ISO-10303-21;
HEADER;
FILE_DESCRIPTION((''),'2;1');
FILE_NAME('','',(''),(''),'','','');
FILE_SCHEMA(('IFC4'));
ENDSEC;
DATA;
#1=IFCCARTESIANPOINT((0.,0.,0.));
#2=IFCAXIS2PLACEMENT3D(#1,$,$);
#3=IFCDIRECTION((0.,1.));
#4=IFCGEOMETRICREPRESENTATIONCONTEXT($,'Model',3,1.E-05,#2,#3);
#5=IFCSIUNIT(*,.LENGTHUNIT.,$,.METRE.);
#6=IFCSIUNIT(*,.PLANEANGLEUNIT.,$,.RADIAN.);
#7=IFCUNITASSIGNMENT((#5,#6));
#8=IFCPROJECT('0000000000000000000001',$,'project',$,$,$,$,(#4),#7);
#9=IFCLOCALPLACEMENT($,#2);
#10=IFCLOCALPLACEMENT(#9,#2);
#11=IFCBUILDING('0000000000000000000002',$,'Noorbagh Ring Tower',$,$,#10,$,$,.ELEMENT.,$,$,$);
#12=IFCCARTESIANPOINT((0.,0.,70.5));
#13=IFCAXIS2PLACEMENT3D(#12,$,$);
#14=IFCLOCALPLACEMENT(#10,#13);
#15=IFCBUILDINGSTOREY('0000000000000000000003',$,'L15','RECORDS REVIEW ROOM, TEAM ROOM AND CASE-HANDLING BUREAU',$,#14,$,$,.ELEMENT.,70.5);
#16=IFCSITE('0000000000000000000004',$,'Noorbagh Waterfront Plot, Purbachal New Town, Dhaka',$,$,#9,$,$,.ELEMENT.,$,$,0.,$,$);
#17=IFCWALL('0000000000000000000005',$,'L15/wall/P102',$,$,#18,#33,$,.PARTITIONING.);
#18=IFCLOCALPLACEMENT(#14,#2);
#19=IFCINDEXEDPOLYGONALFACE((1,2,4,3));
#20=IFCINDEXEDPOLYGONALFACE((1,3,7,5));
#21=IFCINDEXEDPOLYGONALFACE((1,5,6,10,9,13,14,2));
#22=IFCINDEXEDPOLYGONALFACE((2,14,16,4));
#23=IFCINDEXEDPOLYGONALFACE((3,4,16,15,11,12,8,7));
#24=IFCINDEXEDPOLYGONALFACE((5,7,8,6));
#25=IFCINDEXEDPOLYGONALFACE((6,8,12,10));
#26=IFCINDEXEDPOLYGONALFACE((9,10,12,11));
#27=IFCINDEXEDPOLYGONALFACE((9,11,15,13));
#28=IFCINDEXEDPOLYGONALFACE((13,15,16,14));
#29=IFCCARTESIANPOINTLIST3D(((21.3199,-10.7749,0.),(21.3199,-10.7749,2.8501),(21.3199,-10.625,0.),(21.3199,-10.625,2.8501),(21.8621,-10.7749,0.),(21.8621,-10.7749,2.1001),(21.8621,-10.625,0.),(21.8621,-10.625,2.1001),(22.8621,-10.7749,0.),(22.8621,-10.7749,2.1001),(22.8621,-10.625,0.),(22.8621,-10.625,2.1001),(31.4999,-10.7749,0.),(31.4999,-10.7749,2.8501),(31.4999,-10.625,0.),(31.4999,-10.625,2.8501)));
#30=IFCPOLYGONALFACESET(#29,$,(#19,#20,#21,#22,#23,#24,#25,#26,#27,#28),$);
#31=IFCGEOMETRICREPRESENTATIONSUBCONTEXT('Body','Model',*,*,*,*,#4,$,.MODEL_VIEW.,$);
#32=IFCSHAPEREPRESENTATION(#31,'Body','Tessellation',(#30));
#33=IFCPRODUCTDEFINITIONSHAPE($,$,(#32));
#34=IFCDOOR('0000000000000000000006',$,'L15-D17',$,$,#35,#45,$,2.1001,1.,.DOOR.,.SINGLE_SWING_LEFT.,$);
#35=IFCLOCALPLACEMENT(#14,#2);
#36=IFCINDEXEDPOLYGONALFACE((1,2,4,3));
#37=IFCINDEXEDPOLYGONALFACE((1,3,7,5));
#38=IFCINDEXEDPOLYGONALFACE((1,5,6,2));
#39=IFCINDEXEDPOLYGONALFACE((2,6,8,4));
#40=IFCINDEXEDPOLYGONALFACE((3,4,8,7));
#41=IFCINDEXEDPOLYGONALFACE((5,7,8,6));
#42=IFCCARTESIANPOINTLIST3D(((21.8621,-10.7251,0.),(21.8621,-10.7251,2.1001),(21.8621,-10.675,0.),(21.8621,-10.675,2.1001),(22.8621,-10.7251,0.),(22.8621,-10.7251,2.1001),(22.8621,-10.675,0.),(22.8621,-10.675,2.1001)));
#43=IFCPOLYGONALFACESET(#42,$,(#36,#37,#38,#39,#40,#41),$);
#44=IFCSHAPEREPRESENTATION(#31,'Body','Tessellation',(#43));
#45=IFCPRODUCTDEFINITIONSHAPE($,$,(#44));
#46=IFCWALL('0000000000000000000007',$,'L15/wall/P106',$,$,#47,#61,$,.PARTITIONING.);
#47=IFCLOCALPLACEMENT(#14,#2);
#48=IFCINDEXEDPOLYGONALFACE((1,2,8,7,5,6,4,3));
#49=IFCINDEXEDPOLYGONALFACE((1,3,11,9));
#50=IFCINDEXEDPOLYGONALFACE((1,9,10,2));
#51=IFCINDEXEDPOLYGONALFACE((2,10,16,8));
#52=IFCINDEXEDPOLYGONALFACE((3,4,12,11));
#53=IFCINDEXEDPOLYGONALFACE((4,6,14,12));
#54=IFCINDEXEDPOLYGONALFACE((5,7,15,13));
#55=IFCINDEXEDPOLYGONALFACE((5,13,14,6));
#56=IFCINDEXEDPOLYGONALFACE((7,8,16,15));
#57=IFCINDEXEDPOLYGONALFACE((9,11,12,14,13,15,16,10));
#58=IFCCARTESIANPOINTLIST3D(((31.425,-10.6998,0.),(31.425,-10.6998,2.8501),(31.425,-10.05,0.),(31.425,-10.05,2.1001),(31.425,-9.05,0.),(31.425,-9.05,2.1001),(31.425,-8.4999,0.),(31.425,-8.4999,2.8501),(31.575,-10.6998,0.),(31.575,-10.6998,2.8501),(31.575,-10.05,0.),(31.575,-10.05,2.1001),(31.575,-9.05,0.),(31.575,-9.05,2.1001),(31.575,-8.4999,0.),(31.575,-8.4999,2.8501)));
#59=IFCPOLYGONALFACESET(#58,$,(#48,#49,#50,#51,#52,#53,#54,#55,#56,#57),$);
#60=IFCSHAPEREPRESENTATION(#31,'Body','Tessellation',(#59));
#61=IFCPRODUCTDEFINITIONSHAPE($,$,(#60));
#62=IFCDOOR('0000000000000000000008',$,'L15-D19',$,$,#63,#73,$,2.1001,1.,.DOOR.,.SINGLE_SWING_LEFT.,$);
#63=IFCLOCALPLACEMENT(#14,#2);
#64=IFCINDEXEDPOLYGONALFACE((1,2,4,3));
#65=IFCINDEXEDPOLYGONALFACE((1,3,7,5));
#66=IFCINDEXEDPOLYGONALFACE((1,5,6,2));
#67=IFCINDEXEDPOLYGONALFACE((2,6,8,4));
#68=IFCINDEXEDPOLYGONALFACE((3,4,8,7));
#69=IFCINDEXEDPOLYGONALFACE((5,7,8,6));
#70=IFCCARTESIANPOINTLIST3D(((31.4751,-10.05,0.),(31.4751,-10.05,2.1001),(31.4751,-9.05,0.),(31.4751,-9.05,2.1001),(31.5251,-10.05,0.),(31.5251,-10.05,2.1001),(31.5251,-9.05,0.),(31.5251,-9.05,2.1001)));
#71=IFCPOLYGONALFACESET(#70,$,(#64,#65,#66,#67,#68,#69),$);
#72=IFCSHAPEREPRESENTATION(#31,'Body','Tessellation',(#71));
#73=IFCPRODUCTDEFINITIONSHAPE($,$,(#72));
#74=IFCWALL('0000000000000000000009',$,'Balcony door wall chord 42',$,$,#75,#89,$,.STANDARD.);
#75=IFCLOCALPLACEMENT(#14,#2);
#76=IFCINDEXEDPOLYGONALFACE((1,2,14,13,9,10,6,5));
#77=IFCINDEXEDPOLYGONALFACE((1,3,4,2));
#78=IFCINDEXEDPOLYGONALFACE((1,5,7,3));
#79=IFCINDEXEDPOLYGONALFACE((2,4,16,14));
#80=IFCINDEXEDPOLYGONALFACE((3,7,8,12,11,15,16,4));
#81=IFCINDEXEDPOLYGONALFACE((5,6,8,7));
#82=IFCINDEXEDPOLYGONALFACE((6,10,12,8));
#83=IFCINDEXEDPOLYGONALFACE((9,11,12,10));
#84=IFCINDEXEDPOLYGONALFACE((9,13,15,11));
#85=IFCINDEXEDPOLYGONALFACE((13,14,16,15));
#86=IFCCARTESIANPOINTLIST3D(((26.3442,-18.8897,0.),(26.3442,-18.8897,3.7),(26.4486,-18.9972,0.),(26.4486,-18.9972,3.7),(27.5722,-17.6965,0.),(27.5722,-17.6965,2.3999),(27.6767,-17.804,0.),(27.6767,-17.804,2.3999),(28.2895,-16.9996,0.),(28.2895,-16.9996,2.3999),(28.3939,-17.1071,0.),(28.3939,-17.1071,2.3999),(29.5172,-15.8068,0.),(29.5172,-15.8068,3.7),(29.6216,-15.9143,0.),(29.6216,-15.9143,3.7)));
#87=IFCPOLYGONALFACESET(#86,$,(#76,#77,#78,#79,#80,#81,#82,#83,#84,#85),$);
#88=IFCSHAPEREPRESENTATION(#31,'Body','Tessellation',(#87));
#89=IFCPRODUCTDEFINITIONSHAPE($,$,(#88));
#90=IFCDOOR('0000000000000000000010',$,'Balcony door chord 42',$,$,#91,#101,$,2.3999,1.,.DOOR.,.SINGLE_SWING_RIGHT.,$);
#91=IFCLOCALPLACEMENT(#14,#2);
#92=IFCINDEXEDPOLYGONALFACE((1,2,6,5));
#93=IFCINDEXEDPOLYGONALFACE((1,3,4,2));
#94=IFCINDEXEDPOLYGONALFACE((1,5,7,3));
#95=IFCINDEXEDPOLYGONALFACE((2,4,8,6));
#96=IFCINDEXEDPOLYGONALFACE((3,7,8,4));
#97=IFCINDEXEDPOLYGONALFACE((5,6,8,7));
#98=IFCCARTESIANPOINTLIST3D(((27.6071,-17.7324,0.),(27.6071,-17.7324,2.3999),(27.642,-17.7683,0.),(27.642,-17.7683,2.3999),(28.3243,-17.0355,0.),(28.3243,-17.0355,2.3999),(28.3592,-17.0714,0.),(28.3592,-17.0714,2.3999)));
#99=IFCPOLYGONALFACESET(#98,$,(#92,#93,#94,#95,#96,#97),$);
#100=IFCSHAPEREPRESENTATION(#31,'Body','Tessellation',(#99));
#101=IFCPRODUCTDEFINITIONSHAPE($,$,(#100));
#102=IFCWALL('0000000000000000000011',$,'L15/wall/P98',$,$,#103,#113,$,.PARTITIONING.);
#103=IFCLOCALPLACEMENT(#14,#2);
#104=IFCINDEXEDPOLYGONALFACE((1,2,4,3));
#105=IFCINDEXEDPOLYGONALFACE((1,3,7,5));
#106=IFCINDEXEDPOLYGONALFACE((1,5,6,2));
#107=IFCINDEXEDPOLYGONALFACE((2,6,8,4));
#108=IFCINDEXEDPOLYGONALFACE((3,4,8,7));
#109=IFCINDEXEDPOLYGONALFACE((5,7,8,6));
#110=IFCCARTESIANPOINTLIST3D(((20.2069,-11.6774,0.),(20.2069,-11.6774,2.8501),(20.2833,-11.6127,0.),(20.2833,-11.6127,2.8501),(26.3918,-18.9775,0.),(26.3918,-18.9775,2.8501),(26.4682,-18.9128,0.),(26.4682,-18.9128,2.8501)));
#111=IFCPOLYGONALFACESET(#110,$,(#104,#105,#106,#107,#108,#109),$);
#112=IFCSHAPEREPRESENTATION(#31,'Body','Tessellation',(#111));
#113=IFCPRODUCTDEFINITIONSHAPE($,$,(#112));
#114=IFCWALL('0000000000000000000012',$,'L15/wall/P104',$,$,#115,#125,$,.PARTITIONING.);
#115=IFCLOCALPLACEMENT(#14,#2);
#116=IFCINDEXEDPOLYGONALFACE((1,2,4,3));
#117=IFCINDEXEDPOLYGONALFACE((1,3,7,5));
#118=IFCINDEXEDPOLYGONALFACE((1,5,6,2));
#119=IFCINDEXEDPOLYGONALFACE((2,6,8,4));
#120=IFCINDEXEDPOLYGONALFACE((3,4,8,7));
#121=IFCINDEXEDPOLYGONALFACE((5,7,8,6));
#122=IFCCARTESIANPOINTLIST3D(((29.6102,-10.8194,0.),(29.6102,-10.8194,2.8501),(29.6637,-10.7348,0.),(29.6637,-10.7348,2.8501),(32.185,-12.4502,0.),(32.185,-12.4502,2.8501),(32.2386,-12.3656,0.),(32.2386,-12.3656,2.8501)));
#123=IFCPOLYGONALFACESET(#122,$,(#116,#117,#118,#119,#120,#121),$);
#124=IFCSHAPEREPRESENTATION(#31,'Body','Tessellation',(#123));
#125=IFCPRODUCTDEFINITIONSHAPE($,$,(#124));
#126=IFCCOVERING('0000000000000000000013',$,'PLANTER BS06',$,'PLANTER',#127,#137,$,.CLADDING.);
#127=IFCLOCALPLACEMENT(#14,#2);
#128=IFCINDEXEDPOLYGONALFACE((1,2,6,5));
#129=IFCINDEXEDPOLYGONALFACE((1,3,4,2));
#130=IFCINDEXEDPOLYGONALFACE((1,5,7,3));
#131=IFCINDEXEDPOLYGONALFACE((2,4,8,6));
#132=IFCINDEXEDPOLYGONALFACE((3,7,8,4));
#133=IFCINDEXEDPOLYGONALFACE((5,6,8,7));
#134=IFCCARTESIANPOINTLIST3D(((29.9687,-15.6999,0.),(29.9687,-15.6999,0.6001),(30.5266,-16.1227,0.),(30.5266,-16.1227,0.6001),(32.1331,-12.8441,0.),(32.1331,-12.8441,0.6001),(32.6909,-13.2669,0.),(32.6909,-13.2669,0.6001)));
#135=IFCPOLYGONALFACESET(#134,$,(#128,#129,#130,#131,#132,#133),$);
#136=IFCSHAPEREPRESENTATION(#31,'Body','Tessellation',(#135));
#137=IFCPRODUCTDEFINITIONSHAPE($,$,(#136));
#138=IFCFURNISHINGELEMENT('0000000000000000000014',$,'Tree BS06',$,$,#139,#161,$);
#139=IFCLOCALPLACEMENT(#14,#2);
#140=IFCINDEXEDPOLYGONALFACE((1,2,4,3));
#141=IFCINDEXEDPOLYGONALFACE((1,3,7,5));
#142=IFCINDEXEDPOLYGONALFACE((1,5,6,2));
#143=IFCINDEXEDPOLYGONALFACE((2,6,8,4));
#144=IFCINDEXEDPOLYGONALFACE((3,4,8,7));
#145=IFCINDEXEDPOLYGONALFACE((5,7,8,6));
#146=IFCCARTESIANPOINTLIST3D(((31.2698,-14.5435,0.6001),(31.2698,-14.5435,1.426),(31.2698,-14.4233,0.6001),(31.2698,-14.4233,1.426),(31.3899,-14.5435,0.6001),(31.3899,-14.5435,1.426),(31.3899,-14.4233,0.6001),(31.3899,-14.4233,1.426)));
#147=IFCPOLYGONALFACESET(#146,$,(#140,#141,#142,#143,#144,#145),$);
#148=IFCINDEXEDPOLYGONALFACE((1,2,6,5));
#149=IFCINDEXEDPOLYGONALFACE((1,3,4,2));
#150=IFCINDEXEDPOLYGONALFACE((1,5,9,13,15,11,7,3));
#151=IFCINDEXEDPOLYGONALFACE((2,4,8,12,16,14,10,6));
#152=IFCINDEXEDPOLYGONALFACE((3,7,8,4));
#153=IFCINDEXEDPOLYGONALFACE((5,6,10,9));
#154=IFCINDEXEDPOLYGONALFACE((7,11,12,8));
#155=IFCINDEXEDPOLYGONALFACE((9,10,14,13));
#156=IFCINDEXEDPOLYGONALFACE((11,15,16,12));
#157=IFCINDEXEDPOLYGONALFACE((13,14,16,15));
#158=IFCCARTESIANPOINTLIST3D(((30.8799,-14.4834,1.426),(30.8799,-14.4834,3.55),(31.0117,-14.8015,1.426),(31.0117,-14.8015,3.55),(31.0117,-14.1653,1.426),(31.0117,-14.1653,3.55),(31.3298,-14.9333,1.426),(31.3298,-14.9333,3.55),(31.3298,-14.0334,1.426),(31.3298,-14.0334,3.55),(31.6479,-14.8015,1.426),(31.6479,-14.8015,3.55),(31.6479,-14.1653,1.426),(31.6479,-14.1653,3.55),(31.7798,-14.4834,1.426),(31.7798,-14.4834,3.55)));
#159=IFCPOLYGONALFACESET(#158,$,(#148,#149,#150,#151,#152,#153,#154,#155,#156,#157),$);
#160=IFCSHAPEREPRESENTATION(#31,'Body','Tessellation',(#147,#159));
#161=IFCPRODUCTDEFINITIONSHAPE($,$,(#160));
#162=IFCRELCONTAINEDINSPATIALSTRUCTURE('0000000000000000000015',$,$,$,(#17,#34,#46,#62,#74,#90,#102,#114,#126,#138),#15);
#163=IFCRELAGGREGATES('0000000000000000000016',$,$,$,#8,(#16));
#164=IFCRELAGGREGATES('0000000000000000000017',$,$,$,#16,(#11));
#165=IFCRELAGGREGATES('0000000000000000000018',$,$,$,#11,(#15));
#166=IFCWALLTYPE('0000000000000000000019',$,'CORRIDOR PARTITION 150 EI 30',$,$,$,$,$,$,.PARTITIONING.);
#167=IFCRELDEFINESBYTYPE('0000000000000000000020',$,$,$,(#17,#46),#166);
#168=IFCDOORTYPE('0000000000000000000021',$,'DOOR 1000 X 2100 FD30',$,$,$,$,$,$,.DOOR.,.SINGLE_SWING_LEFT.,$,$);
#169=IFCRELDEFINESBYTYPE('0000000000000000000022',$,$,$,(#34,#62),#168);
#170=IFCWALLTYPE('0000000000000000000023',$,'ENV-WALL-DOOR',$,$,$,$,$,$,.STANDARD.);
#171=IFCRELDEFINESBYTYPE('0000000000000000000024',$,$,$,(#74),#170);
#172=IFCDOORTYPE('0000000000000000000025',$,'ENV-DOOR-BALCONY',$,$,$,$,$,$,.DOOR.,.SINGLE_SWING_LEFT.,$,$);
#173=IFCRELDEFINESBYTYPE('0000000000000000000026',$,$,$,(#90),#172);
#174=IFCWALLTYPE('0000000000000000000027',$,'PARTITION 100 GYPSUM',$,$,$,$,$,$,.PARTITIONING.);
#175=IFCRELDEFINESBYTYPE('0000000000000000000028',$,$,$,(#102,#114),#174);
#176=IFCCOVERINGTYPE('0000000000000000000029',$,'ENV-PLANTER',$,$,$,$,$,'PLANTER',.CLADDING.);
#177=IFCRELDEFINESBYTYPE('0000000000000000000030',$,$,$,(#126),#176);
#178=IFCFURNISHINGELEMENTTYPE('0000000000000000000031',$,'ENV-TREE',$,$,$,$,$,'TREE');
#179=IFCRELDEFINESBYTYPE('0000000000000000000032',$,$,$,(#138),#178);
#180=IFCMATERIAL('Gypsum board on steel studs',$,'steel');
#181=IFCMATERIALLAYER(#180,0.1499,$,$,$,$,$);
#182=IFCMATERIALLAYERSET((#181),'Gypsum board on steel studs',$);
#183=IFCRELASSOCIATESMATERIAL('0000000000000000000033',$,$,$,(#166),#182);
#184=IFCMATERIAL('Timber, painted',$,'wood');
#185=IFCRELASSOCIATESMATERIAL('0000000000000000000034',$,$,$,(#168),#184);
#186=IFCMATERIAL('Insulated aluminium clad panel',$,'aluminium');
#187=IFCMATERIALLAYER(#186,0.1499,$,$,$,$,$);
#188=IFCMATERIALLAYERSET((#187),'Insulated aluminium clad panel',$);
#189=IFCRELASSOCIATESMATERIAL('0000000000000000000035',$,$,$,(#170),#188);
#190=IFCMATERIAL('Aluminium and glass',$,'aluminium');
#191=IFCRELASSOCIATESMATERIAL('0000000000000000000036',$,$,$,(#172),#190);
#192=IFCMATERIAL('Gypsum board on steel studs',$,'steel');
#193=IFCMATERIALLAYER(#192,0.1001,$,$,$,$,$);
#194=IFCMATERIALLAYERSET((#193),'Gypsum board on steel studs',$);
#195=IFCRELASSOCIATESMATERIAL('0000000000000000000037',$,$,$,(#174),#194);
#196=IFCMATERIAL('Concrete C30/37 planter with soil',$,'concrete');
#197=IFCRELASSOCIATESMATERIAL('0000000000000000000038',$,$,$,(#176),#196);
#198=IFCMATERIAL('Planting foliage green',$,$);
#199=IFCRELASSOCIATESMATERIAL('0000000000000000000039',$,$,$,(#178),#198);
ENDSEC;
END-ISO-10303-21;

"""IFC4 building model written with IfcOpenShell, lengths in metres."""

from ifc_helpers import new_model, si_unit, direction, frame, frame_2d, origin, origin_2d, place, context, subcontext, project, spatial, polyline, rectangle, outline, extrude, material, layer, layer_set, type_object, element, fill, save


model = new_model("IFC4")

# Units and contexts
model_context = context("Model", 3, precision=1e-05, world=origin(), true_north=direction((0.0, 1.0)))
body_context = subcontext(model_context, "Body", "Model", "MODEL_VIEW")
ifc_project = project(units=[si_unit("LENGTHUNIT", "METRE"), si_unit("PLANEANGLEUNIT", "RADIAN")], contexts=[model_context])

# Site, building, storey
site_placement = place(None, origin())
site = spatial("IfcSite", under=ifc_project, at=site_placement, Name="Noorbagh Waterfront Plot, Purbachal New Town, Dhaka", CompositionType="ELEMENT", RefElevation=0.0)
building_placement = place(site_placement, origin())
building = spatial("IfcBuilding", under=site, at=building_placement, Name="Noorbagh Ring Tower", CompositionType="ELEMENT")
storey_placement = place(building_placement, frame((0.0, 0.0, 70.5)))
storey = spatial("IfcBuildingStorey", under=building, at=storey_placement, Name="L15", Description="RECORDS REVIEW ROOM, TEAM ROOM AND CASE-HANDLING BUREAU", CompositionType="ELEMENT", Elevation=70.5)

# Shared definitions
ifc_material_1 = material(Name="Gypsum board on steel studs", Category="steel")
ifc_layer_1 = layer(ifc_material_1, 0.1499)
ifc_layer_set_1 = layer_set([ifc_layer_1], Name="Gypsum board on steel studs")
wall_type_1 = type_object("IfcWallType", Name="CORRIDOR PARTITION 150 EI 30", PredefinedType="PARTITIONING", material=ifc_layer_set_1)

# Walls, openings, doors
wall_1_placement = place(storey_placement, frame((21.3201, -10.7, 0.0), z_axis=(0.0, 0.0, 1.0), x_axis=(1.0, 0.0, 0.0)))
wall_1 = element("IfcWall", 1, at=wall_1_placement, inside=storey, type_object=wall_type_1, Name="L15/wall/P102", PredefinedType="PARTITIONING", context=body_context, shape_type="SweptSolid", body=[
    extrude(rectangle(XDim=10.1799, YDim=0.1499, at=frame_2d((5.0898, 0.0))), origin(), (0.0, 0.0, 1.0), 2.8501),
])
opening_1_placement = place(wall_1_placement, frame((0.542, 0.0, 0.0)))
opening_1 = element("IfcOpeningElement", 2, at=opening_1_placement, cuts=wall_1, PredefinedType="OPENING", context=body_context, shape_type="SweptSolid", body=[
    extrude(rectangle(XDim=1.0, YDim=2.1001, at=frame_2d((0.5, 1.05))), frame((0.0, 0.085, 0.0), z_axis=(0.0, -1.0, 0.0), x_axis=(1.0, 0.0, 0.0)), (0.0, 0.0, 1.0), 0.1699),
])
ifc_material_2 = material(Name="Timber, painted", Category="wood")
door_type_1 = type_object("IfcDoorType", Name="DOOR 1000 X 2100 FD30", OperationType="SINGLE_SWING_LEFT", PredefinedType="DOOR", material=ifc_material_2)
door_1_placement = place(opening_1_placement, origin())
door_1 = element("IfcDoor", 3, at=door_1_placement, inside=storey, type_object=door_type_1, Name="L15-D17", OperationType="SINGLE_SWING_LEFT", OverallHeight=2.1001, OverallWidth=1.0, PredefinedType="DOOR", context=body_context, shape_type="SweptSolid", body=[
    extrude(rectangle(XDim=1.0, YDim=2.1001, at=frame_2d((0.5, 1.05))), frame((0.0, 0.0249, 0.0), z_axis=(0.0, -1.0, 0.0), x_axis=(1.0, 0.0, 0.0)), (0.0, 0.0, 1.0), 0.05),
])
fill(opening_1, door_1)
wall_2_placement = place(storey_placement, frame((31.5, -10.7, 0.0), z_axis=(0.0, 0.0, 1.0), x_axis=(0.0, 1.0, 0.0)))
wall_2 = element("IfcWall", 4, at=wall_2_placement, inside=storey, type_object=wall_type_1, Name="L15/wall/P106", PredefinedType="PARTITIONING", context=body_context, shape_type="SweptSolid", body=[
    extrude(rectangle(XDim=2.2, YDim=0.1499, at=frame_2d((1.1001, 0.0))), origin(), (0.0, 0.0, 1.0), 2.8501),
])
opening_2_placement = place(wall_2_placement, frame((0.6499, 0.0, 0.0)))
opening_2 = element("IfcOpeningElement", 5, at=opening_2_placement, cuts=wall_2, PredefinedType="OPENING", context=body_context, shape_type="SweptSolid", body=[
    extrude(rectangle(XDim=1.0, YDim=2.1001, at=frame_2d((0.5, 1.05))), frame((0.0, 0.085, 0.0), z_axis=(0.0, -1.0, 0.0), x_axis=(1.0, 0.0, 0.0)), (0.0, 0.0, 1.0), 0.1699),
])
door_2_placement = place(opening_2_placement, origin())
door_2 = element("IfcDoor", 6, at=door_2_placement, inside=storey, type_object=door_type_1, Name="L15-D19", OperationType="SINGLE_SWING_LEFT", OverallHeight=2.1001, OverallWidth=1.0, PredefinedType="DOOR", context=body_context, shape_type="SweptSolid", body=[
    extrude(rectangle(XDim=1.0, YDim=2.1001, at=frame_2d((0.5, 1.05))), frame((0.0, 0.0249, 0.0), z_axis=(0.0, -1.0, 0.0), x_axis=(1.0, 0.0, 0.0)), (0.0, 0.0, 1.0), 0.05),
])
fill(opening_2, door_2)
ifc_material_3 = material(Name="Insulated aluminium clad panel", Category="aluminium")
ifc_layer_2 = layer(ifc_material_3, 0.1499)
ifc_layer_set_2 = layer_set([ifc_layer_2], Name="Insulated aluminium clad panel")
wall_type_2 = type_object("IfcWallType", Name="ENV-WALL-DOOR", PredefinedType="STANDARD", material=ifc_layer_set_2)
wall_3_placement = place(storey_placement, frame((26.3965, -18.9434, 0.0), z_axis=(0.0, 0.0, 1.0), x_axis=(0.717215, 0.696852, 0.0)))
wall_3 = element("IfcWall", 7, at=wall_3_placement, inside=storey, type_object=wall_type_2, Name="Balcony door wall chord 42", PredefinedType="STANDARD", context=body_context, shape_type="SweptSolid", body=[
    extrude(rectangle(XDim=4.4241, YDim=0.1499, at=frame_2d((2.2119, 0.0))), origin(), (0.0, 0.0, 1.0), 3.7),
])
opening_3_placement = place(wall_3_placement, frame((1.7122, 0.0, 0.0)))
opening_3 = element("IfcOpeningElement", 8, at=opening_3_placement, cuts=wall_3, PredefinedType="OPENING", context=body_context, shape_type="SweptSolid", body=[
    extrude(rectangle(XDim=1.0, YDim=2.3999, at=frame_2d((0.5, 1.2))), frame((0.0, 0.085, 0.0), z_axis=(0.0, -1.0, 0.0), x_axis=(1.0, 0.0, 0.0)), (0.0, 0.0, 1.0), 0.1699),
])
ifc_material_4 = material(Name="Aluminium and glass", Category="aluminium")
door_type_2 = type_object("IfcDoorType", Name="ENV-DOOR-BALCONY", OperationType="SINGLE_SWING_LEFT", PredefinedType="DOOR", material=ifc_material_4)
door_3_placement = place(opening_3_placement, origin())
door_3 = element("IfcDoor", 9, at=door_3_placement, inside=storey, type_object=door_type_2, Name="Balcony door chord 42", OperationType="SINGLE_SWING_RIGHT", OverallHeight=2.3999, OverallWidth=1.0, PredefinedType="DOOR", context=body_context, shape_type="SweptSolid", body=[
    extrude(rectangle(XDim=1.0, YDim=2.3999, at=frame_2d((0.5, 1.2))), frame((0.0, 0.0249, 0.0), z_axis=(0.0, -1.0, 0.0), x_axis=(1.0, 0.0, 0.0)), (0.0, 0.0, 1.0), 0.05),
])
fill(opening_3, door_3)

# Walls
ifc_material_5 = material(Name="Gypsum board on steel studs", Category="steel")
ifc_layer_3 = layer(ifc_material_5, 0.1001)
ifc_layer_set_3 = layer_set([ifc_layer_3], Name="Gypsum board on steel studs")
wall_type_3 = type_object("IfcWallType", Name="PARTITION 100 GYPSUM", PredefinedType="PARTITIONING", material=ifc_layer_set_3)
wall_4_placement = place(storey_placement, frame((20.2451, -11.645, 0.0), z_axis=(0.0, 0.0, 1.0), x_axis=(0.64642, -0.762982, 0.0)))
element("IfcWall", 10, at=wall_4_placement, inside=storey, type_object=wall_type_3, Name="L15/wall/P98", PredefinedType="PARTITIONING", context=body_context, shape_type="SweptSolid", body=[
    extrude(rectangle(XDim=9.5679, YDim=0.1001, at=frame_2d((4.7839, 0.0))), origin(), (0.0, 0.0, 1.0), 2.8501),
])
wall_5_placement = place(storey_placement, frame((29.637, -10.7771, 0.0), z_axis=(0.0, 0.0, 1.0), x_axis=(0.844811, -0.535065, 0.0)))
element("IfcWall", 11, at=wall_5_placement, inside=storey, type_object=wall_type_3, Name="L15/wall/P104", PredefinedType="PARTITIONING", context=body_context, shape_type="SweptSolid", body=[
    extrude(rectangle(XDim=3.0479, YDim=0.1001, at=frame_2d((1.5239, 0.0))), origin(), (0.0, 0.0, 1.0), 2.8501),
])

# Covering
ifc_material_6 = material(Name="Concrete C30/37 planter with soil", Category="concrete")
covering_type = type_object("IfcCoveringType", Name="ENV-PLANTER", ElementType="PLANTER", PredefinedType="CLADDING", material=ifc_material_6)
covering_placement = place(storey_placement, frame((31.3298, -14.4834, 0.0), z_axis=(0.0, 0.0, 1.0), x_axis=(0.60402, 0.796969, 0.0)))
element("IfcCovering", 12, at=covering_placement, inside=storey, type_object=covering_type, Name="PLANTER BS06", ObjectType="PLANTER", PredefinedType="CLADDING", context=body_context, shape_type="SweptSolid", body=[
    extrude(rectangle(XDim=3.5833, YDim=0.7, at=origin_2d()), origin(), (0.0, 0.0, 1.0), 0.6001),
])

# Furnishing element
ifc_material_7 = material(Name="Planting foliage green")
furnishing_element_type = type_object("IfcFurnishingElementType", Name="ENV-TREE", ElementType="TREE", material=ifc_material_7)
furnishing_placement = place(storey_placement, frame((31.3298, -14.4834, 0.6001), z_axis=(0.0, 0.0, 1.0), x_axis=(1.0, 0.0, 0.0)))
element("IfcFurnishingElement", 13, at=furnishing_placement, inside=storey, type_object=furnishing_element_type, Name="Tree BS06", context=body_context, shape_type="SweptSolid", body=[
    extrude(rectangle(XDim=0.1201, YDim=0.1201, at=origin_2d()), origin(), (0.0, 0.0, 1.0), 0.8259),
    extrude(outline(polyline([(0.45, 0.0), (0.3181, 0.3181), (0.0, 0.45), (-0.3181, 0.3181), (-0.45, 0.0), (-0.3181, -0.3181), (0.0, -0.45), (0.3181, -0.3181), (0.45, 0.0)])), frame((0.0, 0.0, 0.8259)), (0.0, 0.0, 1.0), 2.124),
])

save(model, "model.ifc")
